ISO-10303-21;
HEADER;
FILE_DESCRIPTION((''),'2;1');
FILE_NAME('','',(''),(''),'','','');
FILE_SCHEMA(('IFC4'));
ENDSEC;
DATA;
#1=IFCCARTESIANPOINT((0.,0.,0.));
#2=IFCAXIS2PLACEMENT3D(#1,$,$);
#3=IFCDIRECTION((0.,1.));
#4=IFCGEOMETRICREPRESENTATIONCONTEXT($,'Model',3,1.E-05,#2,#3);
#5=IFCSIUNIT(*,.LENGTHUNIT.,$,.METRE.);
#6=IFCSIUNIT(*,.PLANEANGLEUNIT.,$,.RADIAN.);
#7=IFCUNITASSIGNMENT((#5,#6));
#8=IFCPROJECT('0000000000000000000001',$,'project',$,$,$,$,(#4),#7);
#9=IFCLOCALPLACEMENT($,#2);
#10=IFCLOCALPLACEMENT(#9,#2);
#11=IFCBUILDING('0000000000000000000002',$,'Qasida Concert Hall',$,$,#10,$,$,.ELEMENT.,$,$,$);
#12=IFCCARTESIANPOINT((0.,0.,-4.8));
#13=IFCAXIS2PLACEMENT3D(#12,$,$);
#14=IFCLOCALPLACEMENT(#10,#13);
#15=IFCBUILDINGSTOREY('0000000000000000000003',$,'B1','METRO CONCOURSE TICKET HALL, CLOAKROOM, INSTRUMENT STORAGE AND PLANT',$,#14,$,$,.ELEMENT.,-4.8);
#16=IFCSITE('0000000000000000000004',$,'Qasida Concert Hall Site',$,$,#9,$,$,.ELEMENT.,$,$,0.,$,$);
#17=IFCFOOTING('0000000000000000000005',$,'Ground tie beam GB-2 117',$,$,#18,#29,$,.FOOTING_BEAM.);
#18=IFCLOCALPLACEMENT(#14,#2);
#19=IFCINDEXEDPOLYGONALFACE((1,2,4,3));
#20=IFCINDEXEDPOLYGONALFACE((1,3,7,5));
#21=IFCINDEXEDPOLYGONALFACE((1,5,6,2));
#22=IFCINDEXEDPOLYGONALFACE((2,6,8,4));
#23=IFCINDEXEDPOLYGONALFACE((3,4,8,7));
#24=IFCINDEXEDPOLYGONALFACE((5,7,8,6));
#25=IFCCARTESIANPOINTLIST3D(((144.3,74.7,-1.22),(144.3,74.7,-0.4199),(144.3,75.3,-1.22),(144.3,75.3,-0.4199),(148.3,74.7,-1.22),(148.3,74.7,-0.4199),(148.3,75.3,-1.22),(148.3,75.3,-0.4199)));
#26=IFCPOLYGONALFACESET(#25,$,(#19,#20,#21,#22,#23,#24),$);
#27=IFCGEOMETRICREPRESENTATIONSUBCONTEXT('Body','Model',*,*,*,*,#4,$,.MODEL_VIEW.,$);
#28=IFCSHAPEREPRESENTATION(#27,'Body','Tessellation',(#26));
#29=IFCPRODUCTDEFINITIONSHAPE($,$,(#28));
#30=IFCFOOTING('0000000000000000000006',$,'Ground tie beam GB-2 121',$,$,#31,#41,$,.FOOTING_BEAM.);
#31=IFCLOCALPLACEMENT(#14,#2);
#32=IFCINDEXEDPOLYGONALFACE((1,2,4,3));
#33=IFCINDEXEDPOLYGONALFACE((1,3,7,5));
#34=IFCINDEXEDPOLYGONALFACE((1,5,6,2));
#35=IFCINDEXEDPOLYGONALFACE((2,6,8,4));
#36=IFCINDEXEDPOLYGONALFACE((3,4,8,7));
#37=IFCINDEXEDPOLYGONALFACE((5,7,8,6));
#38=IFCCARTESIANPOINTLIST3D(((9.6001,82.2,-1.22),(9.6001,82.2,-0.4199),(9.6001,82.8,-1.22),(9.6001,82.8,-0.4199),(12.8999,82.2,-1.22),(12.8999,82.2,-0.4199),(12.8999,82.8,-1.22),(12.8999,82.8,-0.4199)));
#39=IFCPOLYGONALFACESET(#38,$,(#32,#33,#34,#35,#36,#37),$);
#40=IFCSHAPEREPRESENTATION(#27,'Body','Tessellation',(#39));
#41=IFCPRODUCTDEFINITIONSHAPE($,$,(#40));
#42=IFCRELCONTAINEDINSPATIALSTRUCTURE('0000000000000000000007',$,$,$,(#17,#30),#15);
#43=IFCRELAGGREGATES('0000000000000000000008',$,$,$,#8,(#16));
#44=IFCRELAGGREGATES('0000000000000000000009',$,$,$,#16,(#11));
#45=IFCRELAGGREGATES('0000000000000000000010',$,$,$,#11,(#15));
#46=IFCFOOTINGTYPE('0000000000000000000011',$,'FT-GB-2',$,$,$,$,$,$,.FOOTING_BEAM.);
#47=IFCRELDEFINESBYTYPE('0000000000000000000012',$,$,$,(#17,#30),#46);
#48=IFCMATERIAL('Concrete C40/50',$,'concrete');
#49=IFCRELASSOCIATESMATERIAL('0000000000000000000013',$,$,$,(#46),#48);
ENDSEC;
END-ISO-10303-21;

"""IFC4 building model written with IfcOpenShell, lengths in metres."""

from ifc_helpers import new_model, si_unit, direction, frame, origin, place, context, subcontext, project, spatial, polyline, outline, extrude, material, type_object, element, save


model = new_model("IFC4")

# Units and contexts
model_context = context("Model", 3, precision=1e-05, world=origin(), true_north=direction((0.0, 1.0)))
body_context = subcontext(model_context, "Body", "Model", "MODEL_VIEW")
ifc_project = project(units=[si_unit("LENGTHUNIT", "METRE"), si_unit("PLANEANGLEUNIT", "RADIAN")], contexts=[model_context])

# Site, building, storey
site_placement = place(None, origin())
site = spatial("IfcSite", under=ifc_project, at=site_placement, Name="Qasida Concert Hall Site", CompositionType="ELEMENT", RefElevation=0.0)
building_placement = place(site_placement, origin())
building = spatial("IfcBuilding", under=site, at=building_placement, Name="Qasida Concert Hall", CompositionType="ELEMENT")
storey_placement = place(building_placement, frame((0.0, 0.0, -4.8)))
storey = spatial("IfcBuildingStorey", under=building, at=storey_placement, Name="B1", Description="METRO CONCOURSE TICKET HALL, CLOAKROOM, INSTRUMENT STORAGE AND PLANT", CompositionType="ELEMENT", Elevation=-4.8)

# Footings
ifc_material = material(Name="Concrete C40/50", Category="concrete")
footing_type_1 = type_object("IfcFootingType", Name="FT-GB-2", PredefinedType="FOOTING_BEAM", material=ifc_material)
footing_1_placement = place(storey_placement, frame((0.0, 0.0, -1.22)))
element("IfcFooting", 1, at=footing_1_placement, inside=storey, type_object=footing_type_1, Name="Ground tie beam GB-2 117", PredefinedType="FOOTING_BEAM", context=body_context, shape_type="SweptSolid", body=[
    extrude(outline(polyline([(144.3, 74.7), (148.3, 74.7), (148.3, 75.3), (144.3, 75.3), (144.3, 74.7)])), origin(), (0.0, 0.0, 1.0), 0.8),
])
footing_2_placement = place(storey_placement, frame((0.0, 0.0, -1.22)))
element("IfcFooting", 2, at=footing_2_placement, inside=storey, type_object=footing_type_1, Name="Ground tie beam GB-2 121", PredefinedType="FOOTING_BEAM", context=body_context, shape_type="SweptSolid", body=[
    extrude(outline(polyline([(9.6001, 82.2), (12.8999, 82.2), (12.8999, 82.8), (9.6001, 82.8), (9.6001, 82.2)])), origin(), (0.0, 0.0, 1.0), 0.8),
])

save(model, "model.ifc")
